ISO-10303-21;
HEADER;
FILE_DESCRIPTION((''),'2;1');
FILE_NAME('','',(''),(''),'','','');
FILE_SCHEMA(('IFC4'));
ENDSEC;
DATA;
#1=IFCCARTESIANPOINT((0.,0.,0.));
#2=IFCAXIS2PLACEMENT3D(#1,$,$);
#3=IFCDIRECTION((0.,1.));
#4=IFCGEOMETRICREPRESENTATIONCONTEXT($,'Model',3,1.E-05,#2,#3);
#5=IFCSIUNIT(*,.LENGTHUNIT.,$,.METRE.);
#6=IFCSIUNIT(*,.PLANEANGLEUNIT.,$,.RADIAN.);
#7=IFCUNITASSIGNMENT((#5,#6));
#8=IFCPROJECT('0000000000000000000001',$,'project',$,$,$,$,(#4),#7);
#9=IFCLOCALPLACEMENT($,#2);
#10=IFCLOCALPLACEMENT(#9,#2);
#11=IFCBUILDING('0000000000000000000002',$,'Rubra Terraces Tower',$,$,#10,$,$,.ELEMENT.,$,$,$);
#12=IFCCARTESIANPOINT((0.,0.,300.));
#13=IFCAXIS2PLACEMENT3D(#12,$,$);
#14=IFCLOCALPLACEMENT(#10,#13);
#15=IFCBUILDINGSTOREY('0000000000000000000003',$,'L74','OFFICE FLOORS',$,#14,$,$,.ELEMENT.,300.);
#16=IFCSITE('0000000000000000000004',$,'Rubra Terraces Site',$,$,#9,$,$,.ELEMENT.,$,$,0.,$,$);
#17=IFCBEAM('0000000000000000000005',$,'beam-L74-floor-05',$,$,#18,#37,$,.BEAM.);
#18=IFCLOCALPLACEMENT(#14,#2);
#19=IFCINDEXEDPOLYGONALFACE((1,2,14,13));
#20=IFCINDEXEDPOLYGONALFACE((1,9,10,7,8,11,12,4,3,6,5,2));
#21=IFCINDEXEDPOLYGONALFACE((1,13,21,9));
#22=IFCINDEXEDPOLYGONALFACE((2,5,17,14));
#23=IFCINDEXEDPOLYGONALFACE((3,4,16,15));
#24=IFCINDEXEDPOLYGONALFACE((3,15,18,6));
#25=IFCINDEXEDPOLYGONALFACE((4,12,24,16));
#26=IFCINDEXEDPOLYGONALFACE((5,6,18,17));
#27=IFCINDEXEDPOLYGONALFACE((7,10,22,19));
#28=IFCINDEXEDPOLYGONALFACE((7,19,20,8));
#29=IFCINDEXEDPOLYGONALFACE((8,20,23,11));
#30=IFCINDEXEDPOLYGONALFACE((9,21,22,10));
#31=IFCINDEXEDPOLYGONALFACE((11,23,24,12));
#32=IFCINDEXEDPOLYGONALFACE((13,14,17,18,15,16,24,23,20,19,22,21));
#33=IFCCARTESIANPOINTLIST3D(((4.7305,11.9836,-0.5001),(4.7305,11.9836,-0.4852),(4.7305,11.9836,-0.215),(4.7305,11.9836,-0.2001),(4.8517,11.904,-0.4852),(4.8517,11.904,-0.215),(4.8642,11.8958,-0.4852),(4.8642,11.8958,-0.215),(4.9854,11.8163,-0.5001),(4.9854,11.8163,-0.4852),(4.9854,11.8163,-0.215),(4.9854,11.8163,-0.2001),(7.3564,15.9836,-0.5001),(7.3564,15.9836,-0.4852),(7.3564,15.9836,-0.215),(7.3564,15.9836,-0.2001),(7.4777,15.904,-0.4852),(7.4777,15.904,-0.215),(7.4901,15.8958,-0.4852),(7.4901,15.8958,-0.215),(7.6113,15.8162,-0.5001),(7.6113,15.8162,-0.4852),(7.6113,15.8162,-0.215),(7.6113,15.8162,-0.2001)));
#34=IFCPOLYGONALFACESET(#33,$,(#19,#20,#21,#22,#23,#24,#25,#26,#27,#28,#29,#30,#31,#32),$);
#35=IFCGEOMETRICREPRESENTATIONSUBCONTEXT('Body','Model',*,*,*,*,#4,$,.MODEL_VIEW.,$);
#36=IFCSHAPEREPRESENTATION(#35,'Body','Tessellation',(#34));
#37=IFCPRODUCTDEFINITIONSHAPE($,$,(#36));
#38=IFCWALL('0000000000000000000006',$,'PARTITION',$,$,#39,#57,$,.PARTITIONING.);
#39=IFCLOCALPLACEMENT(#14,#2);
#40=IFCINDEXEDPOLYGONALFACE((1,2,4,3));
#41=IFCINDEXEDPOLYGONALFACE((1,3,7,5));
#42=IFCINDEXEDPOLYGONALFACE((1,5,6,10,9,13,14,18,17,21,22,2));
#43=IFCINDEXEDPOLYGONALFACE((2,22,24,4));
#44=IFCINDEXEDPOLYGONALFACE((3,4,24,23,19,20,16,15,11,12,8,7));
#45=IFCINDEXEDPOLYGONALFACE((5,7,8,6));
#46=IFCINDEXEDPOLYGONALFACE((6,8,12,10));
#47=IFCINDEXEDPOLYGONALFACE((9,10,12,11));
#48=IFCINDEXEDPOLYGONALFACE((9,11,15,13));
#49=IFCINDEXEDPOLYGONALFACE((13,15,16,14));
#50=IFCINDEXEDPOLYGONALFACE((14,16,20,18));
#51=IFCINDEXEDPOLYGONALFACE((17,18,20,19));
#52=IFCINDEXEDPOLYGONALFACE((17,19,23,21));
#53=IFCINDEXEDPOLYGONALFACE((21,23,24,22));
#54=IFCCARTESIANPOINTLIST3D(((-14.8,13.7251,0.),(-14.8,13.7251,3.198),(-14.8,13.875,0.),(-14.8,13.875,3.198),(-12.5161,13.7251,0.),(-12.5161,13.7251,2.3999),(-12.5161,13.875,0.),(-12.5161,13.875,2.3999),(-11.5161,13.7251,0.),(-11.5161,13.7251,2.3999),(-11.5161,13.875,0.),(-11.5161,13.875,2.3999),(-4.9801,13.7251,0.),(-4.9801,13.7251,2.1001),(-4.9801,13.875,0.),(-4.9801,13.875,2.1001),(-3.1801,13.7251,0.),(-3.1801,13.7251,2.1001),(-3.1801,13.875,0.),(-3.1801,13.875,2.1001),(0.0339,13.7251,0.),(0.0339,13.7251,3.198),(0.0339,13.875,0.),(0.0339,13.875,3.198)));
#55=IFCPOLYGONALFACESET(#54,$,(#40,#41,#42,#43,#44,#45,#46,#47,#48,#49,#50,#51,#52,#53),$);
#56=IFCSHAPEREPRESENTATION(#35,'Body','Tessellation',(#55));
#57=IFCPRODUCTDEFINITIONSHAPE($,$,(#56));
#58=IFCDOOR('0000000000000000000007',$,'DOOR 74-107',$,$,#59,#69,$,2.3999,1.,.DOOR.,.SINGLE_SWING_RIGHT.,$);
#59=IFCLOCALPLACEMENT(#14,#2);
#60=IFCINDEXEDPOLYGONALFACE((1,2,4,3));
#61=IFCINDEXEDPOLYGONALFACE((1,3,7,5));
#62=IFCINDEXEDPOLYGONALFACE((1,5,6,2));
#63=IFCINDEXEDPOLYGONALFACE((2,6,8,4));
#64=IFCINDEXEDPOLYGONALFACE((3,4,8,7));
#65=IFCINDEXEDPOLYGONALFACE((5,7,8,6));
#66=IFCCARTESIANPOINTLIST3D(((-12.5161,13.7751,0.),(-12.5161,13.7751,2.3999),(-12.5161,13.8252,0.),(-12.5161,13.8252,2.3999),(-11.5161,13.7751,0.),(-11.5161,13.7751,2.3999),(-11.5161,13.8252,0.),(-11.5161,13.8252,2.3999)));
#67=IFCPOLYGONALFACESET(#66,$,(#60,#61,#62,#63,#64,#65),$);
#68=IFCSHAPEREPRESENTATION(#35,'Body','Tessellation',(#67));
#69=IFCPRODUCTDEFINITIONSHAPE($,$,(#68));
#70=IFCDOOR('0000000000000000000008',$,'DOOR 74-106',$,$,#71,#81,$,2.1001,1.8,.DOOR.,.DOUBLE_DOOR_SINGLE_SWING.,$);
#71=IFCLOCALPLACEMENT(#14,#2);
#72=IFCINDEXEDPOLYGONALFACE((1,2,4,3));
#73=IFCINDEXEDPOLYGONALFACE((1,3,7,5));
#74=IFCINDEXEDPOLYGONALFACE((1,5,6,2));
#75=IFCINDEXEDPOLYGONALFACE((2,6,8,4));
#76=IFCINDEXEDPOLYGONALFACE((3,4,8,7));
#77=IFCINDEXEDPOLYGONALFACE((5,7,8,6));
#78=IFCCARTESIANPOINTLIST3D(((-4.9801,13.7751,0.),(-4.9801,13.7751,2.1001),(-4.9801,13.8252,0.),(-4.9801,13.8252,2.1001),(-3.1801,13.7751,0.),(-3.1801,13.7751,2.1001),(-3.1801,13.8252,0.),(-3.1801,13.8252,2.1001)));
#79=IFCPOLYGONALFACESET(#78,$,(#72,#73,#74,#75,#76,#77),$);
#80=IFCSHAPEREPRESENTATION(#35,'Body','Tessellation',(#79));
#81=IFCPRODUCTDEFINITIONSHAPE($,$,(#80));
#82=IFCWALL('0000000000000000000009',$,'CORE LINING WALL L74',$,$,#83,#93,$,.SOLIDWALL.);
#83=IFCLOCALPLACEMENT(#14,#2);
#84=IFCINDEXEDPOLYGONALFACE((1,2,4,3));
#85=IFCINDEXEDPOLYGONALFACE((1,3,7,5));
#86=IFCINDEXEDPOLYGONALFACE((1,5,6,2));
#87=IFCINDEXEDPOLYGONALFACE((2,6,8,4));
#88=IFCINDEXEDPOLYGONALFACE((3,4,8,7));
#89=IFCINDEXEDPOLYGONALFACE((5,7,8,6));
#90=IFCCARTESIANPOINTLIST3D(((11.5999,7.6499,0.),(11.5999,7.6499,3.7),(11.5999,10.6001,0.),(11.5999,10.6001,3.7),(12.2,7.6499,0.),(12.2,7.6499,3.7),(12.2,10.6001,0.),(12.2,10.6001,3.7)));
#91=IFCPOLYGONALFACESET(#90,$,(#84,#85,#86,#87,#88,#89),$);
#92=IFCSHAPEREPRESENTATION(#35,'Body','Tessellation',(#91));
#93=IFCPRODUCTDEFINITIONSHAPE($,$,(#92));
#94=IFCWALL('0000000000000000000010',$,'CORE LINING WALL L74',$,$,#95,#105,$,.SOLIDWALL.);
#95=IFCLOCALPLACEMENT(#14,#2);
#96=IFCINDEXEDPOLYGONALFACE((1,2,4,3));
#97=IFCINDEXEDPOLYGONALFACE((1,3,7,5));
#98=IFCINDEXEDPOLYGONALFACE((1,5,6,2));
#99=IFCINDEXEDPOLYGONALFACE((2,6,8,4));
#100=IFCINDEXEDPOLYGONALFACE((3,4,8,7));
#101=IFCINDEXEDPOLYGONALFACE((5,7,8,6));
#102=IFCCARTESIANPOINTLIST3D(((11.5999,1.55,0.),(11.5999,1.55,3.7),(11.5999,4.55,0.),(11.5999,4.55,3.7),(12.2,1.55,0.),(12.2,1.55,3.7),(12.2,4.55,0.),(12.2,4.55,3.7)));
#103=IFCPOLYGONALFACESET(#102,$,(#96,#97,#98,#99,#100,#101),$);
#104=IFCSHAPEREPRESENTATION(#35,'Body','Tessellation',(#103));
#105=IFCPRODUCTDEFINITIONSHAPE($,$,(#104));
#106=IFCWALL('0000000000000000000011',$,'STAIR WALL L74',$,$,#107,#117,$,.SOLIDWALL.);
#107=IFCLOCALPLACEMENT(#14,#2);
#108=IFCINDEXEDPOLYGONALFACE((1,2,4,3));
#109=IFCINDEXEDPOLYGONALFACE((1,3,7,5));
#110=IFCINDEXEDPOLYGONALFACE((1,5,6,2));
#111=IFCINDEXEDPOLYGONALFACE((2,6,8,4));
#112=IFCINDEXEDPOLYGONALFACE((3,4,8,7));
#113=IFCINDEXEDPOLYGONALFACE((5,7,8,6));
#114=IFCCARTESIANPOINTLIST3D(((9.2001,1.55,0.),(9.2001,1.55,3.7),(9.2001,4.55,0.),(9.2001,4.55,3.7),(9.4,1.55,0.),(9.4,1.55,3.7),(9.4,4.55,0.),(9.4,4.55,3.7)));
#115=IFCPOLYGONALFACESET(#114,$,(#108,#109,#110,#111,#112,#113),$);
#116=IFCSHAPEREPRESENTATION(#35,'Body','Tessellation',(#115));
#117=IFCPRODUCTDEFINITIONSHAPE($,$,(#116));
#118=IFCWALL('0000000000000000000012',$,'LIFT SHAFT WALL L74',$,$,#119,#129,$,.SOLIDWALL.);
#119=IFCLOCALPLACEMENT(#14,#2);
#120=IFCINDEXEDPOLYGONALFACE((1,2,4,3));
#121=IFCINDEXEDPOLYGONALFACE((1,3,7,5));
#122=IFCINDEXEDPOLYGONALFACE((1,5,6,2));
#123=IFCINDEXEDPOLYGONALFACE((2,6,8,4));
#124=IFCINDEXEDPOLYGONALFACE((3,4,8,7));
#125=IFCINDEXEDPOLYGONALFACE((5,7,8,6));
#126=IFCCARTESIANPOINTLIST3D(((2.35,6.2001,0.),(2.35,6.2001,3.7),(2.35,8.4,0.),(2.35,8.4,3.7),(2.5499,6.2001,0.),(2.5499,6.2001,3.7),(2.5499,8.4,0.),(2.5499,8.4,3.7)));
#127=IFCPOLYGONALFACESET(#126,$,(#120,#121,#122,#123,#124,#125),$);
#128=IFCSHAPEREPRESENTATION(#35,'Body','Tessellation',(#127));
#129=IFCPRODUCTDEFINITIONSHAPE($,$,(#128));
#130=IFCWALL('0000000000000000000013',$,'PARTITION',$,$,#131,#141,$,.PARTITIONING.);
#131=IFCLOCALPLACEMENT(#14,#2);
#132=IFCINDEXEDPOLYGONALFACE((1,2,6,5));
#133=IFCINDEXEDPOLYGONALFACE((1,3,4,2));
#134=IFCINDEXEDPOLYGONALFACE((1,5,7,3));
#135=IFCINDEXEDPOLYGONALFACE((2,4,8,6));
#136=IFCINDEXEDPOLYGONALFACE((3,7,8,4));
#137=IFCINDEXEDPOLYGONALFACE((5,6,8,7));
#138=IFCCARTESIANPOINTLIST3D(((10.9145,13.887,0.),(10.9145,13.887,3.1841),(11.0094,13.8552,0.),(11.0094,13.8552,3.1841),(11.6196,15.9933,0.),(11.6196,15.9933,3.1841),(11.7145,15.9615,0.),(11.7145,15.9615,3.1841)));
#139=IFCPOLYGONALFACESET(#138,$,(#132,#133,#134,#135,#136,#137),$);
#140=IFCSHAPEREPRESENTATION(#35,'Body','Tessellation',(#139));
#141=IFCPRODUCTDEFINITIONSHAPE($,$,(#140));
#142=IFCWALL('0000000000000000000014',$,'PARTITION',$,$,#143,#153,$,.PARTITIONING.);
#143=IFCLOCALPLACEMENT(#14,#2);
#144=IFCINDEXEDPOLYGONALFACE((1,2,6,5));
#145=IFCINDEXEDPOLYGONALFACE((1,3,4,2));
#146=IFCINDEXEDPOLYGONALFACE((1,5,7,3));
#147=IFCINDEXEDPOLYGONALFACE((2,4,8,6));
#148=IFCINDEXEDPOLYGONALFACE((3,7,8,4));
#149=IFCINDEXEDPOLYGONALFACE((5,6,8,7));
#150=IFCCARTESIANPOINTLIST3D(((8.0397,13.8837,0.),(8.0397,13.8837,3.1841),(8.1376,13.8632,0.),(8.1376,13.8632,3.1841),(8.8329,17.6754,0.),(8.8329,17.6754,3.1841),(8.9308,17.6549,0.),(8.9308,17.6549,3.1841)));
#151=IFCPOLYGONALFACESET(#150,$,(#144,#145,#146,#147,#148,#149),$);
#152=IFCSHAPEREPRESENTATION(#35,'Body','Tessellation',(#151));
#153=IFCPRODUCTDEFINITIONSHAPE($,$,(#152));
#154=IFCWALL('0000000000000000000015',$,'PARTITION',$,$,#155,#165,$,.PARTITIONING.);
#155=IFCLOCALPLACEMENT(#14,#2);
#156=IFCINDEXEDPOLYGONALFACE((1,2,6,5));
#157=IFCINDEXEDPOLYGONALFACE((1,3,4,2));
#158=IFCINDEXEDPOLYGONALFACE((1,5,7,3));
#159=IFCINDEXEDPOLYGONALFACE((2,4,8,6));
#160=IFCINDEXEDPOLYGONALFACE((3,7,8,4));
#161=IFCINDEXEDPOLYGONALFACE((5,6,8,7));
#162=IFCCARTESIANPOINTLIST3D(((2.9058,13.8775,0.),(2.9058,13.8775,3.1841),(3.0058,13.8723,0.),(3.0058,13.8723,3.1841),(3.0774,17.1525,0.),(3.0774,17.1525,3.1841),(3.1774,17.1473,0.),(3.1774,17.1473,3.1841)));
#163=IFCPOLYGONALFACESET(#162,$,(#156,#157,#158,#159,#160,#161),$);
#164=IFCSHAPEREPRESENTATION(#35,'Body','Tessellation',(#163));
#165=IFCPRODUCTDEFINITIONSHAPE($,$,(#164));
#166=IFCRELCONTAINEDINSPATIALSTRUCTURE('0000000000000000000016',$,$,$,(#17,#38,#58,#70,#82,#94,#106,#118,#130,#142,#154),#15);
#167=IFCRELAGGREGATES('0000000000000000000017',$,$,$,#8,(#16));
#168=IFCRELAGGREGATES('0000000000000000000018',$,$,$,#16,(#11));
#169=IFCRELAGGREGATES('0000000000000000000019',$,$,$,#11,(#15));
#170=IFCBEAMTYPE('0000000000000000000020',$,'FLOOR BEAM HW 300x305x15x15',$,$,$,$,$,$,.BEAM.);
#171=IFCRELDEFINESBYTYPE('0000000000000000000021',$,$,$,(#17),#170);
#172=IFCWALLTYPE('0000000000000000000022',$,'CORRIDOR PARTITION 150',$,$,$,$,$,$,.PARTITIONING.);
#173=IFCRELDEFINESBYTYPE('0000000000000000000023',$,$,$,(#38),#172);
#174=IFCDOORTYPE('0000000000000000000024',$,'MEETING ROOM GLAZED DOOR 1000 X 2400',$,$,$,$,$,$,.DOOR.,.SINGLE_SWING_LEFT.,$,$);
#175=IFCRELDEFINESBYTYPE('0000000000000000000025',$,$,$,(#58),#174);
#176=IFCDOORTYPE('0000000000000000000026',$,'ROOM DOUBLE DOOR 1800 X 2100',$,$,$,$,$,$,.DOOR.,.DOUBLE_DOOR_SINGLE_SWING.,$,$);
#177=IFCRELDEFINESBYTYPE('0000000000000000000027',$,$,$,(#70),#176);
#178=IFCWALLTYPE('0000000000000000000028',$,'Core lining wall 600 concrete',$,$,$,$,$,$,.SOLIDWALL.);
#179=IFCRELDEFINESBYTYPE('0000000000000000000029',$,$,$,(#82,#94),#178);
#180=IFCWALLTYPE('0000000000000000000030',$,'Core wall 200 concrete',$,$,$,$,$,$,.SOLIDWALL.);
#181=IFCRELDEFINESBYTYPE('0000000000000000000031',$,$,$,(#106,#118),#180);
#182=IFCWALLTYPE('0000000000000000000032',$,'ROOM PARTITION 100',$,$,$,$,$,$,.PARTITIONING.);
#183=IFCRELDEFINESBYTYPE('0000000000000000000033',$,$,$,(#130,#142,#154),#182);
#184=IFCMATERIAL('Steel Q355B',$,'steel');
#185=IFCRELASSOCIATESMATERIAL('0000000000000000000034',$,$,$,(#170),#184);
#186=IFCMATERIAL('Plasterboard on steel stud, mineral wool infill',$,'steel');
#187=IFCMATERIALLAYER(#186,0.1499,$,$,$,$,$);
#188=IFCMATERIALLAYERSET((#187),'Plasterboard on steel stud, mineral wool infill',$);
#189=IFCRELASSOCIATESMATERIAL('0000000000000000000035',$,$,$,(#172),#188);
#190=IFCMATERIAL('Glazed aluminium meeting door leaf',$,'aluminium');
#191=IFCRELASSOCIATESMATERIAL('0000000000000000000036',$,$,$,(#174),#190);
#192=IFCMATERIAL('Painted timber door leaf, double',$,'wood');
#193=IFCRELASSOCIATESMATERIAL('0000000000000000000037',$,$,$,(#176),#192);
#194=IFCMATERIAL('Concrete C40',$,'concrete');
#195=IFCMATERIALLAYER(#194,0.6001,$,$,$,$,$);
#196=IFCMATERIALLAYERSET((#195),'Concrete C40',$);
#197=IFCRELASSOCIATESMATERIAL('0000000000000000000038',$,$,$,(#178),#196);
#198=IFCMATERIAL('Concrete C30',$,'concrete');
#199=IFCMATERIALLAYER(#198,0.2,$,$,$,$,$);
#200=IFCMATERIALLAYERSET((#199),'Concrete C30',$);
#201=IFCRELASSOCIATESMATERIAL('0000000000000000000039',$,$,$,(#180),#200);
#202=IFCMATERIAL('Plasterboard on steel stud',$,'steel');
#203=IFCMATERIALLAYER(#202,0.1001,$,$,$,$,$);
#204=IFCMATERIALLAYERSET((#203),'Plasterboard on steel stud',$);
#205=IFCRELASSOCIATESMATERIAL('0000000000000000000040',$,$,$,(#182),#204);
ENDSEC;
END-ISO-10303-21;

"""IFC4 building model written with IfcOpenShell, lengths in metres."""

from ifc_helpers import new_model, si_unit, direction, frame, frame_2d, origin, origin_2d, place, context, subcontext, project, spatial, rectangle, i_section, extrude, material, layer, layer_set, material_profile, profile_set, type_object, element, fill, save


model = new_model("IFC4")

# Units and contexts
model_context = context("Model", 3, precision=1e-05, world=origin(), true_north=direction((0.0, 1.0)))
body_context = subcontext(model_context, "Body", "Model", "MODEL_VIEW")
ifc_project = project(units=[si_unit("LENGTHUNIT", "METRE"), si_unit("PLANEANGLEUNIT", "RADIAN")], contexts=[model_context])

# Site, building, storey
site_placement = place(None, origin())
site = spatial("IfcSite", under=ifc_project, at=site_placement, Name="Rubra Terraces Site", CompositionType="ELEMENT", RefElevation=0.0)
building_placement = place(site_placement, origin())
building = spatial("IfcBuilding", under=site, at=building_placement, Name="Rubra Terraces Tower", CompositionType="ELEMENT")
storey_placement = place(building_placement, frame((0.0, 0.0, 300.0)))
storey = spatial("IfcBuildingStorey", under=building, at=storey_placement, Name="L74", Description="OFFICE FLOORS", CompositionType="ELEMENT", Elevation=300.0)

# Beam
ifc_material_1 = material(Name="Steel Q355B", Category="steel")
ifc_material_profile = material_profile(ifc_material_1, i_section(OverallWidth=0.3049, OverallDepth=0.3, WebThickness=0.0149, FlangeThickness=0.0149, at=origin_2d()), Name="HW 300x305x15x15")
ifc_profile_set = profile_set([ifc_material_profile], Name="Steel Q355B")
beam_type = type_object("IfcBeamType", Name="FLOOR BEAM HW 300x305x15x15", PredefinedType="BEAM", material=ifc_profile_set)
beam_placement = place(storey_placement, frame((7.4839, 15.8999, -0.3501), z_axis=(-0.548799, -0.835954, 0.0), x_axis=(0.835954, -0.548799, 0.0)))
element("IfcBeam", 1, at=beam_placement, inside=storey, type_object=beam_type, Name="beam-L74-floor-05", PredefinedType="BEAM", context=body_context, shape_type="SweptSolid", body=[
    extrude(i_section(OverallWidth=0.3049, OverallDepth=0.3, WebThickness=0.0149, FlangeThickness=0.0149, at=origin_2d()), origin(), (0.0, 0.0, 1.0), 4.7849),
])

# Wall, openings, doors
ifc_material_2 = material(Name="Plasterboard on steel stud, mineral wool infill", Category="steel")
ifc_layer_1 = layer(ifc_material_2, 0.1499)
ifc_layer_set_1 = layer_set([ifc_layer_1], Name="Plasterboard on steel stud, mineral wool infill")
wall_type_1 = type_object("IfcWallType", Name="CORRIDOR PARTITION 150", PredefinedType="PARTITIONING", material=ifc_layer_set_1)
wall_1_placement = place(storey_placement, frame((0.0339, 13.8, 0.0), z_axis=(0.0, 0.0, 1.0), x_axis=(-1.0, 0.0, 0.0)))
wall_1 = element("IfcWall", 2, at=wall_1_placement, inside=storey, type_object=wall_type_1, Name="PARTITION", PredefinedType="PARTITIONING", context=body_context, shape_type="SweptSolid", body=[
    extrude(rectangle(XDim=14.834, YDim=0.1499, at=frame_2d((7.417, 0.0))), origin(), (0.0, 0.0, 1.0), 3.198),
])
opening_1_placement = place(wall_1_placement, frame((3.2141, 0.0, 0.0)))
opening_1 = element("IfcOpeningElement", 3, at=opening_1_placement, cuts=wall_1, PredefinedType="OPENING", context=body_context, shape_type="SweptSolid", body=[
    extrude(rectangle(XDim=1.8, YDim=2.1001, at=frame_2d((0.8999, 1.05))), frame((0.0, 0.085, 0.0), z_axis=(0.0, -1.0, 0.0), x_axis=(1.0, 0.0, 0.0)), (0.0, 0.0, 1.0), 0.1699),
])
opening_2_placement = place(wall_1_placement, frame((11.55, 0.0, 0.0)))
opening_2 = element("IfcOpeningElement", 4, at=opening_2_placement, cuts=wall_1, PredefinedType="OPENING", context=body_context, shape_type="SweptSolid", body=[
    extrude(rectangle(XDim=1.0, YDim=2.3999, at=frame_2d((0.5, 1.2))), frame((0.0, 0.085, 0.0), z_axis=(0.0, -1.0, 0.0), x_axis=(1.0, 0.0, 0.0)), (0.0, 0.0, 1.0), 0.1699),
])
ifc_material_3 = material(Name="Glazed aluminium meeting door leaf", Category="aluminium")
door_type_1 = type_object("IfcDoorType", Name="MEETING ROOM GLAZED DOOR 1000 X 2400", OperationType="SINGLE_SWING_LEFT", PredefinedType="DOOR", material=ifc_material_3)
door_1_placement = place(opening_2_placement, origin())
door_1 = element("IfcDoor", 5, at=door_1_placement, inside=storey, type_object=door_type_1, Name="DOOR 74-107", OperationType="SINGLE_SWING_RIGHT", OverallHeight=2.3999, OverallWidth=1.0, PredefinedType="DOOR", context=body_context, shape_type="SweptSolid", body=[
    extrude(rectangle(XDim=1.0, YDim=2.3999, at=frame_2d((0.5, 1.2))), frame((0.0, 0.0249, 0.0), z_axis=(0.0, -1.0, 0.0), x_axis=(1.0, 0.0, 0.0)), (0.0, 0.0, 1.0), 0.05),
])
fill(opening_2, door_1)
ifc_material_4 = material(Name="Painted timber door leaf, double", Category="wood")
door_type_2 = type_object("IfcDoorType", Name="ROOM DOUBLE DOOR 1800 X 2100", OperationType="DOUBLE_DOOR_SINGLE_SWING", PredefinedType="DOOR", material=ifc_material_4)
door_2_placement = place(opening_1_placement, origin())
door_2 = element("IfcDoor", 6, at=door_2_placement, inside=storey, type_object=door_type_2, Name="DOOR 74-106", OperationType="DOUBLE_DOOR_SINGLE_SWING", OverallHeight=2.1001, OverallWidth=1.8, PredefinedType="DOOR", context=body_context, shape_type="SweptSolid", body=[
    extrude(rectangle(XDim=1.8, YDim=2.1001, at=frame_2d((0.8999, 1.05))), frame((0.0, 0.0249, 0.0), z_axis=(0.0, -1.0, 0.0), x_axis=(1.0, 0.0, 0.0)), (0.0, 0.0, 1.0), 0.05),
])
fill(opening_1, door_2)

# Walls
ifc_material_5 = material(Name="Concrete C40", Category="concrete")
ifc_layer_2 = layer(ifc_material_5, 0.6001)
ifc_layer_set_2 = layer_set([ifc_layer_2], Name="Concrete C40")
wall_type_2 = type_object("IfcWallType", Name="Core lining wall 600 concrete", PredefinedType="SOLIDWALL", material=ifc_layer_set_2)
wall_2_placement = place(storey_placement, frame((11.8999, 10.6001, 0.0), z_axis=(0.0, 0.0, 1.0), x_axis=(0.0, -1.0, 0.0)))
element("IfcWall", 7, at=wall_2_placement, inside=storey, type_object=wall_type_2, Name="CORE LINING WALL L74", PredefinedType="SOLIDWALL", context=body_context, shape_type="SweptSolid", body=[
    extrude(rectangle(XDim=2.9502, YDim=0.6001, at=frame_2d((1.4751, 0.0))), origin(), (0.0, 0.0, 1.0), 3.7),
])
wall_3_placement = place(storey_placement, frame((11.8999, 4.55, 0.0), z_axis=(0.0, 0.0, 1.0), x_axis=(0.0, -1.0, 0.0)))
element("IfcWall", 8, at=wall_3_placement, inside=storey, type_object=wall_type_2, Name="CORE LINING WALL L74", PredefinedType="SOLIDWALL", context=body_context, shape_type="SweptSolid", body=[
    extrude(rectangle(XDim=3.0, YDim=0.6001, at=frame_2d((1.5, 0.0))), origin(), (0.0, 0.0, 1.0), 3.7),
])
ifc_material_6 = material(Name="Concrete C30", Category="concrete")
ifc_layer_3 = layer(ifc_material_6, 0.2)
ifc_layer_set_3 = layer_set([ifc_layer_3], Name="Concrete C30")
wall_type_3 = type_object("IfcWallType", Name="Core wall 200 concrete", PredefinedType="SOLIDWALL", material=ifc_layer_set_3)
wall_4_placement = place(storey_placement, frame((9.3, 4.55, 0.0), z_axis=(0.0, 0.0, 1.0), x_axis=(0.0, -1.0, 0.0)))
element("IfcWall", 9, at=wall_4_placement, inside=storey, type_object=wall_type_3, Name="STAIR WALL L74", PredefinedType="SOLIDWALL", context=body_context, shape_type="SweptSolid", body=[
    extrude(rectangle(XDim=3.0, YDim=0.2, at=frame_2d((1.5, 0.0))), origin(), (0.0, 0.0, 1.0), 3.7),
])
wall_5_placement = place(storey_placement, frame((2.45, 6.2, 0.0), z_axis=(0.0, 0.0, 1.0), x_axis=(0.0, 1.0, 0.0)))
element("IfcWall", 10, at=wall_5_placement, inside=storey, type_object=wall_type_3, Name="LIFT SHAFT WALL L74", PredefinedType="SOLIDWALL", context=body_context, shape_type="SweptSolid", body=[
    extrude(rectangle(XDim=2.2, YDim=0.2, at=frame_2d((1.1001, 0.0))), origin(), (0.0, 0.0, 1.0), 3.7),
])
ifc_material_7 = material(Name="Plasterboard on steel stud", Category="steel")
ifc_layer_4 = layer(ifc_material_7, 0.1001)
ifc_layer_set_4 = layer_set([ifc_layer_4], Name="Plasterboard on steel stud")
wall_type_4 = type_object("IfcWallType", Name="ROOM PARTITION 100", PredefinedType="PARTITIONING", material=ifc_layer_set_4)
wall_6_placement = place(storey_placement, frame((10.9619, 13.8711, 0.0), z_axis=(0.0, 0.0, 1.0), x_axis=(0.317448, 0.948276, 0.0)))
element("IfcWall", 11, at=wall_6_placement, inside=storey, type_object=wall_type_4, Name="PARTITION", PredefinedType="PARTITIONING", context=body_context, shape_type="SweptSolid", body=[
    extrude(rectangle(XDim=2.2212, YDim=0.1001, at=frame_2d((1.1106, 0.0))), origin(), (0.0, 0.0, 1.0), 3.1841),
])
wall_7_placement = place(storey_placement, frame((8.0886, 13.8733, 0.0), z_axis=(0.0, 0.0, 1.0), x_axis=(0.204762, 0.978812, 0.0)))
element("IfcWall", 12, at=wall_7_placement, inside=storey, type_object=wall_type_4, Name="PARTITION", PredefinedType="PARTITIONING", context=body_context, shape_type="SweptSolid", body=[
    extrude(rectangle(XDim=3.8738, YDim=0.1001, at=frame_2d((1.937, 0.0))), origin(), (0.0, 0.0, 1.0), 3.1841),
])
wall_8_placement = place(storey_placement, frame((2.9558, 13.875, 0.0), z_axis=(0.0, 0.0, 1.0), x_axis=(0.052332, 0.99863, 0.0)))
element("IfcWall", 13, at=wall_8_placement, inside=storey, type_object=wall_type_4, Name="PARTITION", PredefinedType="PARTITIONING", context=body_context, shape_type="SweptSolid", body=[
    extrude(rectangle(XDim=3.2795, YDim=0.1001, at=frame_2d((1.6396, 0.0))), origin(), (0.0, 0.0, 1.0), 3.1841),
])

save(model, "model.ifc")
